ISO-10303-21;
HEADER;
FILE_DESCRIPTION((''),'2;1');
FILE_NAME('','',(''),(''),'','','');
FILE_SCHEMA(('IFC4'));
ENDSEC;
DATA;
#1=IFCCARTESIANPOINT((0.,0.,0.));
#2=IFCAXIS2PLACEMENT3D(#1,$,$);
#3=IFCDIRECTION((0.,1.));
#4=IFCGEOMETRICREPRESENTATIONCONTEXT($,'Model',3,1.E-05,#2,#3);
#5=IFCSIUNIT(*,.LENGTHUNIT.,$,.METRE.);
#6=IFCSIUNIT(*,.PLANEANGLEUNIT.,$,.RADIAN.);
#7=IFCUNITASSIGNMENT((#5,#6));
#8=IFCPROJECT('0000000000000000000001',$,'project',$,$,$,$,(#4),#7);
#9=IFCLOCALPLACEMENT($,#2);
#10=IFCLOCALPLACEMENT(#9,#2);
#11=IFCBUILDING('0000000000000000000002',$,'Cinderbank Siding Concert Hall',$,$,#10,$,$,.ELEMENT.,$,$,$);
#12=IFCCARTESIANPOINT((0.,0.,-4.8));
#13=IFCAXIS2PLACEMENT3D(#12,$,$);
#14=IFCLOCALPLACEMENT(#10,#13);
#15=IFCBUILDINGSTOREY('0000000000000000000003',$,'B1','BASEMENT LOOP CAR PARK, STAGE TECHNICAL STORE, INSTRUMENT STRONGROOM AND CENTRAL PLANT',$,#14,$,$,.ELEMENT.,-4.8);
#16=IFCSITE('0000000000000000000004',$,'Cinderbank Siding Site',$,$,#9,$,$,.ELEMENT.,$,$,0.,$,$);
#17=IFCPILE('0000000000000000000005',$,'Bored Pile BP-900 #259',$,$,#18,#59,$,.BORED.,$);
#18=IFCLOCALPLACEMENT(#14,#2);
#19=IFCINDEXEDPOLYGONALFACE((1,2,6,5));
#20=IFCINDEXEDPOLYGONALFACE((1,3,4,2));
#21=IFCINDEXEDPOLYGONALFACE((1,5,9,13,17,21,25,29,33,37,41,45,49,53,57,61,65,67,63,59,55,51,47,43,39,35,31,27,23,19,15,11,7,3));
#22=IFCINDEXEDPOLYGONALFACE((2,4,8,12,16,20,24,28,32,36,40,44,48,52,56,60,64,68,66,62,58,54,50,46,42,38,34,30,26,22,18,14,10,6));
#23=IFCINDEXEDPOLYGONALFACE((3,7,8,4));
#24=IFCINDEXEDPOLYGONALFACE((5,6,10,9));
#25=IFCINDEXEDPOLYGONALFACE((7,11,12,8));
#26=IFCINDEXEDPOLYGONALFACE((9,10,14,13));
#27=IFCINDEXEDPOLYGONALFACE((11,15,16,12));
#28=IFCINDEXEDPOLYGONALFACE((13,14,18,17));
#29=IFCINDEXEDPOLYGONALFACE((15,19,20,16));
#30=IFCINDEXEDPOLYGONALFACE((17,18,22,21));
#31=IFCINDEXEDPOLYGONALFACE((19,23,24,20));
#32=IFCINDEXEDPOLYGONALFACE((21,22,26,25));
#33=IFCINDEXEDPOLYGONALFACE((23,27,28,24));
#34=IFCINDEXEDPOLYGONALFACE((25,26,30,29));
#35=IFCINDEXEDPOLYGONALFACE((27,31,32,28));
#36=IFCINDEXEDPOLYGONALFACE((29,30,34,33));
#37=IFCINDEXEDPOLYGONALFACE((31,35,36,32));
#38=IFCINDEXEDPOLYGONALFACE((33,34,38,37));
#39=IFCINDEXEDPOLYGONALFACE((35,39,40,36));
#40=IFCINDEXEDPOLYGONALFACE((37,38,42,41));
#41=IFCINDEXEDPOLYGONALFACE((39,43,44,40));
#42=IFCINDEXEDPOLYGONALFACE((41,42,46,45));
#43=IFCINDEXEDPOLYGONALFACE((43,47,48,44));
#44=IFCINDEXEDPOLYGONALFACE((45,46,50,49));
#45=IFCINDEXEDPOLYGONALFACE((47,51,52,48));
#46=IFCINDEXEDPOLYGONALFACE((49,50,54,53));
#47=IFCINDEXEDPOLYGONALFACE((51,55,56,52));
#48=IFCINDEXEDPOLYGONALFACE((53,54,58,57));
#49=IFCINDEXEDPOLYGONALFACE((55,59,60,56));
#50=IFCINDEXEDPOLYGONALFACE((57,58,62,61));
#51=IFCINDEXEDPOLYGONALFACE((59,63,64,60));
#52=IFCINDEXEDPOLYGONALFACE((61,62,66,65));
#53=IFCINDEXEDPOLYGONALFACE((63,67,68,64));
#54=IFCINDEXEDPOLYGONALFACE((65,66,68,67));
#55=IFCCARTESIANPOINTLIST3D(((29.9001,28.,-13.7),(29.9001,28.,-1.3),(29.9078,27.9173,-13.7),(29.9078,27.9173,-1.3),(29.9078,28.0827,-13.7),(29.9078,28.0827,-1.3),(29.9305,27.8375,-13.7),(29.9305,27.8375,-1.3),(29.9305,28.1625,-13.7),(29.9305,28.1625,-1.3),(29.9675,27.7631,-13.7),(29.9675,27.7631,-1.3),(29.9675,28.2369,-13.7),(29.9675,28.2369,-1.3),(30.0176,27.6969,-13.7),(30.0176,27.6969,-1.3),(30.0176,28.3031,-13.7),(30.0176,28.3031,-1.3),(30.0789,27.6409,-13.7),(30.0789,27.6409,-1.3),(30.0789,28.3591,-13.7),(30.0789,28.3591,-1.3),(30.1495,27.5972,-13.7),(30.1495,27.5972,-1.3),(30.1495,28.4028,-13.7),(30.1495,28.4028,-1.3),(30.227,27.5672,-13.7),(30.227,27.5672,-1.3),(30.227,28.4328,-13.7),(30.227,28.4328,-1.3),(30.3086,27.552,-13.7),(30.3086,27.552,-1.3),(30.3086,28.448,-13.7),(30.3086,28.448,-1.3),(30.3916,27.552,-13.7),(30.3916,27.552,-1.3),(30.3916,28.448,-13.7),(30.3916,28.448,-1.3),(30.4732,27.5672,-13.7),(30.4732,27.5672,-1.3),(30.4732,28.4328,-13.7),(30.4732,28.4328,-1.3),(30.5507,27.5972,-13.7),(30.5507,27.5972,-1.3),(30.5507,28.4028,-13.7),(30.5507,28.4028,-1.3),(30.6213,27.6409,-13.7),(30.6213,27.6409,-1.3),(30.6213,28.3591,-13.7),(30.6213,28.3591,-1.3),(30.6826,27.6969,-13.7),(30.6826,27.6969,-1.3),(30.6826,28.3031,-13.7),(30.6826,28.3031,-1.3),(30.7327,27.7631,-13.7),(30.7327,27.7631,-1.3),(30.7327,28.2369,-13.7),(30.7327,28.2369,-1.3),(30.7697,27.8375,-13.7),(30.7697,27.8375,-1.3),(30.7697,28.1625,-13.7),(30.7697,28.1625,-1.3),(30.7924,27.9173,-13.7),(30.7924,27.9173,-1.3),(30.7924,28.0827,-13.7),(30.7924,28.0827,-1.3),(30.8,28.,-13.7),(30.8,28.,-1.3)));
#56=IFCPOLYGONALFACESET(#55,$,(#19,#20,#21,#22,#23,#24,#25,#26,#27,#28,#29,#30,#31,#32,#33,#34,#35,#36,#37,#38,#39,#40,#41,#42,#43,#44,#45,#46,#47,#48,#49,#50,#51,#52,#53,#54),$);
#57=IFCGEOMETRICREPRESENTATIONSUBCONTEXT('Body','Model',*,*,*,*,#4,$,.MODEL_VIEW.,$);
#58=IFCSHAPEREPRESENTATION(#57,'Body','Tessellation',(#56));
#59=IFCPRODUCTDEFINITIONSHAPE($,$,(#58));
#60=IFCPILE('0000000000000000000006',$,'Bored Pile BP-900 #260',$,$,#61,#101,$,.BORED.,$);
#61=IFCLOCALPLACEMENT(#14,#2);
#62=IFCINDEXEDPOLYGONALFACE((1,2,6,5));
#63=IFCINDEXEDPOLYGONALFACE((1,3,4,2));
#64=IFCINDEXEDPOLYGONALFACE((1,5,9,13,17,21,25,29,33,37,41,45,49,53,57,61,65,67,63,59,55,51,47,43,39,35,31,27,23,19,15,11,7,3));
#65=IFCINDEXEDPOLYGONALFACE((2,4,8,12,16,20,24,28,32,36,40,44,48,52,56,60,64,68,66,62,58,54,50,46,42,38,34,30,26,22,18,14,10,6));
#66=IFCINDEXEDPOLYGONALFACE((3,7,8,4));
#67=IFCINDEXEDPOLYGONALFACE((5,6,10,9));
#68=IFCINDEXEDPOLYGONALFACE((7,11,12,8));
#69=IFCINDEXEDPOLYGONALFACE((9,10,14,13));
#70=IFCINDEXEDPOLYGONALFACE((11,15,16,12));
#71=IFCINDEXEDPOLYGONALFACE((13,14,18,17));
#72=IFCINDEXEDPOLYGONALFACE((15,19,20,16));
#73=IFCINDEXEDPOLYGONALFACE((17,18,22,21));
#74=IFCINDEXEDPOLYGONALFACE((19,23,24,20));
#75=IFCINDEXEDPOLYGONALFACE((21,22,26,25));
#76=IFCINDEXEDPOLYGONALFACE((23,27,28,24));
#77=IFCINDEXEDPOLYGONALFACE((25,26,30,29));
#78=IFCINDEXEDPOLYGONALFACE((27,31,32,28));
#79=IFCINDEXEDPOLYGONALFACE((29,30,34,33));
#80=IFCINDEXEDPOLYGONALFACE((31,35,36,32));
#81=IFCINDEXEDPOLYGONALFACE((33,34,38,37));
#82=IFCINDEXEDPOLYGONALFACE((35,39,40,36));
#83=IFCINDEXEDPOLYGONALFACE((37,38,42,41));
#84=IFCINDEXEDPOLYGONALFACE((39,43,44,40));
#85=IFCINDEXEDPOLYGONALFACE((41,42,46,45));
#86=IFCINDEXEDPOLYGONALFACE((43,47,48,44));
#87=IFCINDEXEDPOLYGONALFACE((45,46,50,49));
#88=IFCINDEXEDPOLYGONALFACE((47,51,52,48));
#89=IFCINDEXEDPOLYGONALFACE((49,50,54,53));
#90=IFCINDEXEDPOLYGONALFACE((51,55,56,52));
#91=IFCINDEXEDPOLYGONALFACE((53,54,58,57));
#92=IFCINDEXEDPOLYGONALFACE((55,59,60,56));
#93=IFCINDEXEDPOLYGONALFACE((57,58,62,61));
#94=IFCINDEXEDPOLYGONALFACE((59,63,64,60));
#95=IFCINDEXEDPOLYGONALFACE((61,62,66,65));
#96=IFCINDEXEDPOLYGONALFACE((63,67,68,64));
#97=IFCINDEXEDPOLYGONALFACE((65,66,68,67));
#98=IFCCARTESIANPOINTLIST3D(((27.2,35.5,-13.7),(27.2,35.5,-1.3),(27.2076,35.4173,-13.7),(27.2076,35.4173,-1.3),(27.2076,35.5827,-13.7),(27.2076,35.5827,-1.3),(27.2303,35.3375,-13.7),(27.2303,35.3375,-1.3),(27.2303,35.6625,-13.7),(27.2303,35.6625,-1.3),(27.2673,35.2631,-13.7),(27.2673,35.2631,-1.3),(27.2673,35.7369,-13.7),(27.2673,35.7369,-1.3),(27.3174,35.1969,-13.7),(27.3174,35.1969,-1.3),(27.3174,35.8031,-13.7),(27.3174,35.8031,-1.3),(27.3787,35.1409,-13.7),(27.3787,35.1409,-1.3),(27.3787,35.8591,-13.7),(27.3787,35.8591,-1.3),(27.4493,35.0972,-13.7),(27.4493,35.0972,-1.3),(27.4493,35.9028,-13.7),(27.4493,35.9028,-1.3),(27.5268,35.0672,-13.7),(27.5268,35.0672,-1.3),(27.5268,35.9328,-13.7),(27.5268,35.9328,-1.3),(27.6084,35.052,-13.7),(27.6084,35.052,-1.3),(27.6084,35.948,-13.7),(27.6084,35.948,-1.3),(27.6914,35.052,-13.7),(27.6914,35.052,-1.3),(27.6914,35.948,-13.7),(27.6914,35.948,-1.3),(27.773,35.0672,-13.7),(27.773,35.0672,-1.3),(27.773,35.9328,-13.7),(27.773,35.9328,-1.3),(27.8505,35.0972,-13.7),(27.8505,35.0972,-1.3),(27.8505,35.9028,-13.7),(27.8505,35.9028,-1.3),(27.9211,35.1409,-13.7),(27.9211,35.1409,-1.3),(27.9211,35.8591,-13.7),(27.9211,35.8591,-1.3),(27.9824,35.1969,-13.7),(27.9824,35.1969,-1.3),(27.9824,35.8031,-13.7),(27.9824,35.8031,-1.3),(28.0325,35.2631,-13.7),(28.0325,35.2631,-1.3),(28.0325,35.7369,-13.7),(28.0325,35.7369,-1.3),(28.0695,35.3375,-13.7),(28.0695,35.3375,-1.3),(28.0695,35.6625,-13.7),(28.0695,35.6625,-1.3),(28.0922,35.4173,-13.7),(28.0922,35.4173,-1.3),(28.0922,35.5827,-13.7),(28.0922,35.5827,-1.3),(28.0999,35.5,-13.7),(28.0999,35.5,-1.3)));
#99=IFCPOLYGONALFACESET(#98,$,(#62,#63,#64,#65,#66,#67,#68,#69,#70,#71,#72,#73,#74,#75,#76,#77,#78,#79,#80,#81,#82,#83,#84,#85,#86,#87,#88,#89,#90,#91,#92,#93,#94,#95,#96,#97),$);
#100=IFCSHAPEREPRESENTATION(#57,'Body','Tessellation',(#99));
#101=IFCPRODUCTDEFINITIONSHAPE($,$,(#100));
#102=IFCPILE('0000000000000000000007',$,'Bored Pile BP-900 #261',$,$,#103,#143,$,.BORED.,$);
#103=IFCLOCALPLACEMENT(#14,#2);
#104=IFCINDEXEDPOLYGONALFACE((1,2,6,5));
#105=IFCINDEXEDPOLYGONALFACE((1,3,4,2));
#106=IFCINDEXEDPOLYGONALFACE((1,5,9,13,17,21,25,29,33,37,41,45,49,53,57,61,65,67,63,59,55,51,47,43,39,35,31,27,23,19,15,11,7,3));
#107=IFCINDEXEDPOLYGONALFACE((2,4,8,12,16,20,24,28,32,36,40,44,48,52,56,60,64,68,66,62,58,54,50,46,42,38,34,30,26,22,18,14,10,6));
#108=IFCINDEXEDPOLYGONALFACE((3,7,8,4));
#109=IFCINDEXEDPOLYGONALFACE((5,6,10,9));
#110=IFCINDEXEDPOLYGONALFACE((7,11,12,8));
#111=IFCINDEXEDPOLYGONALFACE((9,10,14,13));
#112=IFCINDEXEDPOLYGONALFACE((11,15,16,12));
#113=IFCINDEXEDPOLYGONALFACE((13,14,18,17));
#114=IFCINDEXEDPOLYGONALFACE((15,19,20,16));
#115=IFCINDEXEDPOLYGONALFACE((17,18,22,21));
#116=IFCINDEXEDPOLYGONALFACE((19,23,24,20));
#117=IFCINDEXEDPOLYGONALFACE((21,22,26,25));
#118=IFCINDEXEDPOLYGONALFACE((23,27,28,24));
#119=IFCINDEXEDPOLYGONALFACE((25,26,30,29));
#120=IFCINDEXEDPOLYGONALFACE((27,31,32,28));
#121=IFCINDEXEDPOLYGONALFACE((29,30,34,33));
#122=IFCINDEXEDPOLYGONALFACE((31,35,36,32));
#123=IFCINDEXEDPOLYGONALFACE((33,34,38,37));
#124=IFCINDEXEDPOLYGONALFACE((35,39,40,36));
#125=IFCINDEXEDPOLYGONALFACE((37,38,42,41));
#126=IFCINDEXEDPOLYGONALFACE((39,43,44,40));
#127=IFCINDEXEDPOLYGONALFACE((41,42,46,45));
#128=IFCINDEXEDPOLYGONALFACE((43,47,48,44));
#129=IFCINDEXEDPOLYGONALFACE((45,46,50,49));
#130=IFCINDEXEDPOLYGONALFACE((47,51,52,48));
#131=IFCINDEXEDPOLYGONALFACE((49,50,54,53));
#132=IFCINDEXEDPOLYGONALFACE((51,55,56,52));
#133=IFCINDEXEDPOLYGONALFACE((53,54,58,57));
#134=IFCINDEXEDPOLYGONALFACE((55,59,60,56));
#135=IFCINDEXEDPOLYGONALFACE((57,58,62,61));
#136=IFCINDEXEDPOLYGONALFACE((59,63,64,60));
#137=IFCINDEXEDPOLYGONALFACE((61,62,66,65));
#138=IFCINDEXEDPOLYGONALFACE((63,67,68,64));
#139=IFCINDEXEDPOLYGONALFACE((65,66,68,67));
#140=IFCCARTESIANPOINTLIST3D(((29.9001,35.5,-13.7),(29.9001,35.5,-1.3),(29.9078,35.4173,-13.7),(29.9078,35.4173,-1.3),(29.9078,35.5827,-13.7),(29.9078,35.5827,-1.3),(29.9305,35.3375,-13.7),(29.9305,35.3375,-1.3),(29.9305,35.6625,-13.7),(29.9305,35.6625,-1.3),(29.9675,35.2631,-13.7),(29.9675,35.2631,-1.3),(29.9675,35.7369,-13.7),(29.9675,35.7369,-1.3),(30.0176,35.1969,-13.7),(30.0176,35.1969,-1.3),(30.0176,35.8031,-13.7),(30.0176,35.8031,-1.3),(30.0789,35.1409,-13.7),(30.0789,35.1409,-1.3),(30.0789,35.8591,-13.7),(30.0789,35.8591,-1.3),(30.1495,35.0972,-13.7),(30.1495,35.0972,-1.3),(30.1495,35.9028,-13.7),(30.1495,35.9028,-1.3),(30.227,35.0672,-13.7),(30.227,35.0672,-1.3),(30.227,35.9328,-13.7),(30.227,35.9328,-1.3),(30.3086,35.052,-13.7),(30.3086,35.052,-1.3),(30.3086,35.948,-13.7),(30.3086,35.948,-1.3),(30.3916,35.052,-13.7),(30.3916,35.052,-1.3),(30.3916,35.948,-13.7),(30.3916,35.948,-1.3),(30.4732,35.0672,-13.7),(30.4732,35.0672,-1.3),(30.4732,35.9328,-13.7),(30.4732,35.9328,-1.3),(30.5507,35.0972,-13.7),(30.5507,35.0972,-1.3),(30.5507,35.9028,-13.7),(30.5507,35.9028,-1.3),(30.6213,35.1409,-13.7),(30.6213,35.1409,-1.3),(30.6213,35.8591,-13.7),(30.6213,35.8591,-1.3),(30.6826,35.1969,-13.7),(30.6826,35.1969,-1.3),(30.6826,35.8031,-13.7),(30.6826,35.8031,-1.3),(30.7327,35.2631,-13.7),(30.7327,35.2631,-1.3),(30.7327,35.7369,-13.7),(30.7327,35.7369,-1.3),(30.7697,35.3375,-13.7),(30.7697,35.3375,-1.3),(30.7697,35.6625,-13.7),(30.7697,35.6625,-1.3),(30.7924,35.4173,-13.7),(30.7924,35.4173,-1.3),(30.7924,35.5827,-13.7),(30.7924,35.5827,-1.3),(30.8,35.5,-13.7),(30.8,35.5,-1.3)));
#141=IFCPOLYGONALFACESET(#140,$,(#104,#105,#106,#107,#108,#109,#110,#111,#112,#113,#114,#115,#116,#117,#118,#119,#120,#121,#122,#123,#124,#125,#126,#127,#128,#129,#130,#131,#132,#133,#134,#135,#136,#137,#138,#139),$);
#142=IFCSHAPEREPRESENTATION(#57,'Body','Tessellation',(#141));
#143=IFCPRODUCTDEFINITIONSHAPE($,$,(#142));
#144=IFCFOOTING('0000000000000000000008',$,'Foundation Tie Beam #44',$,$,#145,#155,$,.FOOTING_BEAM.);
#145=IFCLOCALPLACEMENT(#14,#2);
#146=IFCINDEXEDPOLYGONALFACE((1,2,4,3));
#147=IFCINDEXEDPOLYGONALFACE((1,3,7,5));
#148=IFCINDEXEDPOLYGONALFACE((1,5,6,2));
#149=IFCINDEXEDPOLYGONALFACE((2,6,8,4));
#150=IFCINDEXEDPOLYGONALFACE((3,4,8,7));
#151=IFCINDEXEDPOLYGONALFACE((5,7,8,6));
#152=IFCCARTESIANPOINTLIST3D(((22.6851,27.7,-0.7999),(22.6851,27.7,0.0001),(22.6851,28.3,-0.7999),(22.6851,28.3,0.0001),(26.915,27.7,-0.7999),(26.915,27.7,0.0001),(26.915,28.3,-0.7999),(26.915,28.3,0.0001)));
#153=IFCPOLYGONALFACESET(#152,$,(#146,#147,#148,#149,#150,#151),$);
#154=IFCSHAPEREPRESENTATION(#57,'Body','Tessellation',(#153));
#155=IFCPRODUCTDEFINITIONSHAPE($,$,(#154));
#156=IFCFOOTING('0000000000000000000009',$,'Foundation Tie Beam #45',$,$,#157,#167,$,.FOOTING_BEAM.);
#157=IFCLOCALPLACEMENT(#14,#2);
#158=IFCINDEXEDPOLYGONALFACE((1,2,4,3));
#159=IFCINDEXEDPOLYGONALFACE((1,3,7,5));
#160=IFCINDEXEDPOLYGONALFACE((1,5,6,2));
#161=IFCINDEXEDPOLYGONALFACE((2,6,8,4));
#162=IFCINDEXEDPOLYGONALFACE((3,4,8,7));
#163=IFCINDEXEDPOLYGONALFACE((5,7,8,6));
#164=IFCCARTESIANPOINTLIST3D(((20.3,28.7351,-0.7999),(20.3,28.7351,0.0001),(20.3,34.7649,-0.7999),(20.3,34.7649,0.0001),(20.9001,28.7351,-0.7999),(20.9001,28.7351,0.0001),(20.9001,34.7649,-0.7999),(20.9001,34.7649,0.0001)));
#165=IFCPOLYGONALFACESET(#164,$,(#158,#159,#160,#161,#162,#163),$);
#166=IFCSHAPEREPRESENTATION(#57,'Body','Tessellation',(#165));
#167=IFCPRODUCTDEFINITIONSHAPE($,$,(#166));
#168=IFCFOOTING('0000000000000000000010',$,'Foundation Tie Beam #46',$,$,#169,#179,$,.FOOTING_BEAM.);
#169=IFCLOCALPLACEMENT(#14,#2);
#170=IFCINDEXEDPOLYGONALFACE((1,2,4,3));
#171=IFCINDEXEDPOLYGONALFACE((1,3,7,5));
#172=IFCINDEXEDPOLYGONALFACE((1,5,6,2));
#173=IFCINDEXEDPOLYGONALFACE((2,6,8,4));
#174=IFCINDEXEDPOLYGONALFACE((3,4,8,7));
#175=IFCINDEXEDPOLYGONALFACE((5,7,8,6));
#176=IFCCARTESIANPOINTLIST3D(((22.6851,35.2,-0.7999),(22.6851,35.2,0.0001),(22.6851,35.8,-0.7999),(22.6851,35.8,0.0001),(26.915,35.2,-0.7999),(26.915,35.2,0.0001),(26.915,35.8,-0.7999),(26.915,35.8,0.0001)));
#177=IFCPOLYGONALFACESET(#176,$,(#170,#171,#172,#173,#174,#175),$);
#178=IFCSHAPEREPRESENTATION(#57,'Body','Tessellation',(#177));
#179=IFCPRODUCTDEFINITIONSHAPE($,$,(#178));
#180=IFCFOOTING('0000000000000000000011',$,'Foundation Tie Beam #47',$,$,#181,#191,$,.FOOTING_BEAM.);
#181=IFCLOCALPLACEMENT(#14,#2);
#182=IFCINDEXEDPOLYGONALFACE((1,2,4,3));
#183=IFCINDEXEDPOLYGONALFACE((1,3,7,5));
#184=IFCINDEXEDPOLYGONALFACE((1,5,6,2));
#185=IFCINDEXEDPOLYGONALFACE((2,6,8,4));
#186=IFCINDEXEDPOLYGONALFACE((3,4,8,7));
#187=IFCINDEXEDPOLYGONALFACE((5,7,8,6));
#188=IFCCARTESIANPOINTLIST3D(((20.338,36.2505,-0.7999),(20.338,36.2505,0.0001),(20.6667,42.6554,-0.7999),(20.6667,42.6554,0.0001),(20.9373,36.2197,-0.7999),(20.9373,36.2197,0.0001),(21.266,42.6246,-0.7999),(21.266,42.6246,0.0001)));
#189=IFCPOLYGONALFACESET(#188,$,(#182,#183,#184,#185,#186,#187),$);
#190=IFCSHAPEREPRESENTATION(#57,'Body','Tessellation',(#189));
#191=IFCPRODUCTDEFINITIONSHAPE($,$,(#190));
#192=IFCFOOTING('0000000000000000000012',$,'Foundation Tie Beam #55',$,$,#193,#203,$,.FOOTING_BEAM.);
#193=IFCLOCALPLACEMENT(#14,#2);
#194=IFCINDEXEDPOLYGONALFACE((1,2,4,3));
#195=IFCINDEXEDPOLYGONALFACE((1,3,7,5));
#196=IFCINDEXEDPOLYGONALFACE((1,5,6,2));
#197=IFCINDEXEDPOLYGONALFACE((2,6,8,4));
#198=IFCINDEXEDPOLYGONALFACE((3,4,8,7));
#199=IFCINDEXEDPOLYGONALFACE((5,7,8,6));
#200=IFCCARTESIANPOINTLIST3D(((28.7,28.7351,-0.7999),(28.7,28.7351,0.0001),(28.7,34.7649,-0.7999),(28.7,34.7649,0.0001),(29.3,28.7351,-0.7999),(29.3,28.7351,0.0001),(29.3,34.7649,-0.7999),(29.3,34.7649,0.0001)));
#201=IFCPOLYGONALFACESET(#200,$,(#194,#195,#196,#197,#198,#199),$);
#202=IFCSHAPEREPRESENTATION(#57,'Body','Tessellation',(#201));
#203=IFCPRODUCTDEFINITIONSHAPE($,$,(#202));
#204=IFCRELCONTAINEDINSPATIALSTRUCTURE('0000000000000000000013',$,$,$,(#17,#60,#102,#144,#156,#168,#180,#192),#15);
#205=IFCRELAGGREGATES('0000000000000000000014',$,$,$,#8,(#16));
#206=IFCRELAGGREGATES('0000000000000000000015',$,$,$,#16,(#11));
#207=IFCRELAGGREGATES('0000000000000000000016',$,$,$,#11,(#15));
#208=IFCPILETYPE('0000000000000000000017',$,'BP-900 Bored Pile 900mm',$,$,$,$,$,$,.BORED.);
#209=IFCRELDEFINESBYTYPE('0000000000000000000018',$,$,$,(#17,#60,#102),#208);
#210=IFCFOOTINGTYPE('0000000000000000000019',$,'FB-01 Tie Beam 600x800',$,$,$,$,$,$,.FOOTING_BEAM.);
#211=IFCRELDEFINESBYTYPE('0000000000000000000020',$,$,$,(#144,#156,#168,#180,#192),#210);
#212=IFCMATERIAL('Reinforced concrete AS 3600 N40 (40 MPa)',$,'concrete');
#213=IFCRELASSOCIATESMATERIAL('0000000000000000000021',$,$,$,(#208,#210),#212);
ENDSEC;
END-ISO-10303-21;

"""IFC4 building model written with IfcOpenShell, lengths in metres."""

from ifc_helpers import new_model, si_unit, direction, frame, origin, origin_2d, place, context, subcontext, project, spatial, rectangle, circle, extrude, material, material_profile, profile_set, type_object, element, save


model = new_model("IFC4")

# Units and contexts
model_context = context("Model", 3, precision=1e-05, world=origin(), true_north=direction((0.0, 1.0)))
body_context = subcontext(model_context, "Body", "Model", "MODEL_VIEW")
ifc_project = project(units=[si_unit("LENGTHUNIT", "METRE"), si_unit("PLANEANGLEUNIT", "RADIAN")], contexts=[model_context])

# Site, building, storey
site_placement = place(None, origin())
site = spatial("IfcSite", under=ifc_project, at=site_placement, Name="Cinderbank Siding Site", CompositionType="ELEMENT", RefElevation=0.0)
building_placement = place(site_placement, origin())
building = spatial("IfcBuilding", under=site, at=building_placement, Name="Cinderbank Siding Concert Hall", CompositionType="ELEMENT")
storey_placement = place(building_placement, frame((0.0, 0.0, -4.8)))
storey = spatial("IfcBuildingStorey", under=building, at=storey_placement, Name="B1", Description="BASEMENT LOOP CAR PARK, STAGE TECHNICAL STORE, INSTRUMENT STRONGROOM AND CENTRAL PLANT", CompositionType="ELEMENT", Elevation=-4.8)

# Piles
ifc_material_1 = material(Name="Reinforced concrete AS 3600 N40 (40 MPa)", Category="concrete")
ifc_material_profile_1 = material_profile(ifc_material_1, circle(Radius=0.45, at=origin_2d()), Name="PILE-900DIA", Category="LoadBearing")
ifc_profile_set_1 = profile_set([ifc_material_profile_1], Name="Reinforced concrete AS 3600 N40 (40 MPa)")
pile_type = type_object("IfcPileType", Name="BP-900 Bored Pile 900mm", PredefinedType="BORED", material=ifc_profile_set_1)
for number, where, z_axis, x_axis, name in (
    (1, (30.3501, 28.0, -1.3), (0.0, 0.0, -1.0), (1.0, 0.0, 0.0), "Bored Pile BP-900 #259"),
    (2, (27.6499, 35.5, -1.3), (0.0, 0.0, -1.0), (1.0, 0.0, 0.0), "Bored Pile BP-900 #260"),
    (3, (30.3501, 35.5, -1.3), (0.0, 0.0, -1.0), (1.0, 0.0, 0.0), "Bored Pile BP-900 #261"),
):
    element("IfcPile", number, at=place(storey_placement, frame(where, z_axis=z_axis, x_axis=x_axis)), inside=storey, type_object=pile_type, Name=name, PredefinedType="BORED", context=body_context, shape_type="SweptSolid", body=[
        extrude(circle(Radius=0.45, at=origin_2d()), origin(), (0.0, 0.0, 1.0), 12.3999),
    ])

# Footings
ifc_material_profile_2 = material_profile(ifc_material_1, rectangle(XDim=0.6001, YDim=0.8, at=origin_2d()), Name="RC-FB-600x800", Category="LoadBearing")
ifc_profile_set_2 = profile_set([ifc_material_profile_2], Name="Reinforced concrete AS 3600 N40 (40 MPa)")
footing_type_1 = type_object("IfcFootingType", Name="FB-01 Tie Beam 600x800", PredefinedType="FOOTING_BEAM", material=ifc_profile_set_2)
footing_1_placement = place(storey_placement, frame((22.6851, 28.0, -0.3999), z_axis=(1.0, 0.0, 0.0), x_axis=(0.0, 1.0, 0.0)))
element("IfcFooting", 4, at=footing_1_placement, inside=storey, type_object=footing_type_1, Name="Foundation Tie Beam #44", PredefinedType="FOOTING_BEAM", context=body_context, shape_type="SweptSolid", body=[
    extrude(rectangle(XDim=0.6001, YDim=0.8, at=origin_2d()), origin(), (0.0, 0.0, 1.0), 4.23),
])
footing_2_placement = place(storey_placement, frame((20.6001, 28.7351, -0.3999), z_axis=(0.0, 1.0, 0.0), x_axis=(-1.0, 0.0, 0.0)))
element("IfcFooting", 5, at=footing_2_placement, inside=storey, type_object=footing_type_1, Name="Foundation Tie Beam #45", PredefinedType="FOOTING_BEAM", context=body_context, shape_type="SweptSolid", body=[
    extrude(rectangle(XDim=0.6001, YDim=0.8, at=origin_2d()), origin(), (0.0, 0.0, 1.0), 6.0298),
])
footing_3_placement = place(storey_placement, frame((22.6851, 35.5, -0.3999), z_axis=(1.0, 0.0, 0.0), x_axis=(0.0, 1.0, 0.0)))
element("IfcFooting", 6, at=footing_3_placement, inside=storey, type_object=footing_type_1, Name="Foundation Tie Beam #46", PredefinedType="FOOTING_BEAM", context=body_context, shape_type="SweptSolid", body=[
    extrude(rectangle(XDim=0.6001, YDim=0.8, at=origin_2d()), origin(), (0.0, 0.0, 1.0), 4.23),
])
footing_4_placement = place(storey_placement, frame((20.6377, 36.2351, -0.3999), z_axis=(0.05124, 0.998686, 0.0), x_axis=(-0.998686, 0.05124, 0.0)))
element("IfcFooting", 7, at=footing_4_placement, inside=storey, type_object=footing_type_1, Name="Foundation Tie Beam #47", PredefinedType="FOOTING_BEAM", context=body_context, shape_type="SweptSolid", body=[
    extrude(rectangle(XDim=0.6001, YDim=0.8, at=origin_2d()), origin(), (0.0, 0.0, 1.0), 6.4133),
])
footing_5_placement = place(storey_placement, frame((29.0, 28.7351, -0.3999), z_axis=(0.0, 1.0, 0.0), x_axis=(-1.0, 0.0, 0.0)))
element("IfcFooting", 8, at=footing_5_placement, inside=storey, type_object=footing_type_1, Name="Foundation Tie Beam #55", PredefinedType="FOOTING_BEAM", context=body_context, shape_type="SweptSolid", body=[
    extrude(rectangle(XDim=0.6001, YDim=0.8, at=origin_2d()), origin(), (0.0, 0.0, 1.0), 6.0298),
])

save(model, "model.ifc")
